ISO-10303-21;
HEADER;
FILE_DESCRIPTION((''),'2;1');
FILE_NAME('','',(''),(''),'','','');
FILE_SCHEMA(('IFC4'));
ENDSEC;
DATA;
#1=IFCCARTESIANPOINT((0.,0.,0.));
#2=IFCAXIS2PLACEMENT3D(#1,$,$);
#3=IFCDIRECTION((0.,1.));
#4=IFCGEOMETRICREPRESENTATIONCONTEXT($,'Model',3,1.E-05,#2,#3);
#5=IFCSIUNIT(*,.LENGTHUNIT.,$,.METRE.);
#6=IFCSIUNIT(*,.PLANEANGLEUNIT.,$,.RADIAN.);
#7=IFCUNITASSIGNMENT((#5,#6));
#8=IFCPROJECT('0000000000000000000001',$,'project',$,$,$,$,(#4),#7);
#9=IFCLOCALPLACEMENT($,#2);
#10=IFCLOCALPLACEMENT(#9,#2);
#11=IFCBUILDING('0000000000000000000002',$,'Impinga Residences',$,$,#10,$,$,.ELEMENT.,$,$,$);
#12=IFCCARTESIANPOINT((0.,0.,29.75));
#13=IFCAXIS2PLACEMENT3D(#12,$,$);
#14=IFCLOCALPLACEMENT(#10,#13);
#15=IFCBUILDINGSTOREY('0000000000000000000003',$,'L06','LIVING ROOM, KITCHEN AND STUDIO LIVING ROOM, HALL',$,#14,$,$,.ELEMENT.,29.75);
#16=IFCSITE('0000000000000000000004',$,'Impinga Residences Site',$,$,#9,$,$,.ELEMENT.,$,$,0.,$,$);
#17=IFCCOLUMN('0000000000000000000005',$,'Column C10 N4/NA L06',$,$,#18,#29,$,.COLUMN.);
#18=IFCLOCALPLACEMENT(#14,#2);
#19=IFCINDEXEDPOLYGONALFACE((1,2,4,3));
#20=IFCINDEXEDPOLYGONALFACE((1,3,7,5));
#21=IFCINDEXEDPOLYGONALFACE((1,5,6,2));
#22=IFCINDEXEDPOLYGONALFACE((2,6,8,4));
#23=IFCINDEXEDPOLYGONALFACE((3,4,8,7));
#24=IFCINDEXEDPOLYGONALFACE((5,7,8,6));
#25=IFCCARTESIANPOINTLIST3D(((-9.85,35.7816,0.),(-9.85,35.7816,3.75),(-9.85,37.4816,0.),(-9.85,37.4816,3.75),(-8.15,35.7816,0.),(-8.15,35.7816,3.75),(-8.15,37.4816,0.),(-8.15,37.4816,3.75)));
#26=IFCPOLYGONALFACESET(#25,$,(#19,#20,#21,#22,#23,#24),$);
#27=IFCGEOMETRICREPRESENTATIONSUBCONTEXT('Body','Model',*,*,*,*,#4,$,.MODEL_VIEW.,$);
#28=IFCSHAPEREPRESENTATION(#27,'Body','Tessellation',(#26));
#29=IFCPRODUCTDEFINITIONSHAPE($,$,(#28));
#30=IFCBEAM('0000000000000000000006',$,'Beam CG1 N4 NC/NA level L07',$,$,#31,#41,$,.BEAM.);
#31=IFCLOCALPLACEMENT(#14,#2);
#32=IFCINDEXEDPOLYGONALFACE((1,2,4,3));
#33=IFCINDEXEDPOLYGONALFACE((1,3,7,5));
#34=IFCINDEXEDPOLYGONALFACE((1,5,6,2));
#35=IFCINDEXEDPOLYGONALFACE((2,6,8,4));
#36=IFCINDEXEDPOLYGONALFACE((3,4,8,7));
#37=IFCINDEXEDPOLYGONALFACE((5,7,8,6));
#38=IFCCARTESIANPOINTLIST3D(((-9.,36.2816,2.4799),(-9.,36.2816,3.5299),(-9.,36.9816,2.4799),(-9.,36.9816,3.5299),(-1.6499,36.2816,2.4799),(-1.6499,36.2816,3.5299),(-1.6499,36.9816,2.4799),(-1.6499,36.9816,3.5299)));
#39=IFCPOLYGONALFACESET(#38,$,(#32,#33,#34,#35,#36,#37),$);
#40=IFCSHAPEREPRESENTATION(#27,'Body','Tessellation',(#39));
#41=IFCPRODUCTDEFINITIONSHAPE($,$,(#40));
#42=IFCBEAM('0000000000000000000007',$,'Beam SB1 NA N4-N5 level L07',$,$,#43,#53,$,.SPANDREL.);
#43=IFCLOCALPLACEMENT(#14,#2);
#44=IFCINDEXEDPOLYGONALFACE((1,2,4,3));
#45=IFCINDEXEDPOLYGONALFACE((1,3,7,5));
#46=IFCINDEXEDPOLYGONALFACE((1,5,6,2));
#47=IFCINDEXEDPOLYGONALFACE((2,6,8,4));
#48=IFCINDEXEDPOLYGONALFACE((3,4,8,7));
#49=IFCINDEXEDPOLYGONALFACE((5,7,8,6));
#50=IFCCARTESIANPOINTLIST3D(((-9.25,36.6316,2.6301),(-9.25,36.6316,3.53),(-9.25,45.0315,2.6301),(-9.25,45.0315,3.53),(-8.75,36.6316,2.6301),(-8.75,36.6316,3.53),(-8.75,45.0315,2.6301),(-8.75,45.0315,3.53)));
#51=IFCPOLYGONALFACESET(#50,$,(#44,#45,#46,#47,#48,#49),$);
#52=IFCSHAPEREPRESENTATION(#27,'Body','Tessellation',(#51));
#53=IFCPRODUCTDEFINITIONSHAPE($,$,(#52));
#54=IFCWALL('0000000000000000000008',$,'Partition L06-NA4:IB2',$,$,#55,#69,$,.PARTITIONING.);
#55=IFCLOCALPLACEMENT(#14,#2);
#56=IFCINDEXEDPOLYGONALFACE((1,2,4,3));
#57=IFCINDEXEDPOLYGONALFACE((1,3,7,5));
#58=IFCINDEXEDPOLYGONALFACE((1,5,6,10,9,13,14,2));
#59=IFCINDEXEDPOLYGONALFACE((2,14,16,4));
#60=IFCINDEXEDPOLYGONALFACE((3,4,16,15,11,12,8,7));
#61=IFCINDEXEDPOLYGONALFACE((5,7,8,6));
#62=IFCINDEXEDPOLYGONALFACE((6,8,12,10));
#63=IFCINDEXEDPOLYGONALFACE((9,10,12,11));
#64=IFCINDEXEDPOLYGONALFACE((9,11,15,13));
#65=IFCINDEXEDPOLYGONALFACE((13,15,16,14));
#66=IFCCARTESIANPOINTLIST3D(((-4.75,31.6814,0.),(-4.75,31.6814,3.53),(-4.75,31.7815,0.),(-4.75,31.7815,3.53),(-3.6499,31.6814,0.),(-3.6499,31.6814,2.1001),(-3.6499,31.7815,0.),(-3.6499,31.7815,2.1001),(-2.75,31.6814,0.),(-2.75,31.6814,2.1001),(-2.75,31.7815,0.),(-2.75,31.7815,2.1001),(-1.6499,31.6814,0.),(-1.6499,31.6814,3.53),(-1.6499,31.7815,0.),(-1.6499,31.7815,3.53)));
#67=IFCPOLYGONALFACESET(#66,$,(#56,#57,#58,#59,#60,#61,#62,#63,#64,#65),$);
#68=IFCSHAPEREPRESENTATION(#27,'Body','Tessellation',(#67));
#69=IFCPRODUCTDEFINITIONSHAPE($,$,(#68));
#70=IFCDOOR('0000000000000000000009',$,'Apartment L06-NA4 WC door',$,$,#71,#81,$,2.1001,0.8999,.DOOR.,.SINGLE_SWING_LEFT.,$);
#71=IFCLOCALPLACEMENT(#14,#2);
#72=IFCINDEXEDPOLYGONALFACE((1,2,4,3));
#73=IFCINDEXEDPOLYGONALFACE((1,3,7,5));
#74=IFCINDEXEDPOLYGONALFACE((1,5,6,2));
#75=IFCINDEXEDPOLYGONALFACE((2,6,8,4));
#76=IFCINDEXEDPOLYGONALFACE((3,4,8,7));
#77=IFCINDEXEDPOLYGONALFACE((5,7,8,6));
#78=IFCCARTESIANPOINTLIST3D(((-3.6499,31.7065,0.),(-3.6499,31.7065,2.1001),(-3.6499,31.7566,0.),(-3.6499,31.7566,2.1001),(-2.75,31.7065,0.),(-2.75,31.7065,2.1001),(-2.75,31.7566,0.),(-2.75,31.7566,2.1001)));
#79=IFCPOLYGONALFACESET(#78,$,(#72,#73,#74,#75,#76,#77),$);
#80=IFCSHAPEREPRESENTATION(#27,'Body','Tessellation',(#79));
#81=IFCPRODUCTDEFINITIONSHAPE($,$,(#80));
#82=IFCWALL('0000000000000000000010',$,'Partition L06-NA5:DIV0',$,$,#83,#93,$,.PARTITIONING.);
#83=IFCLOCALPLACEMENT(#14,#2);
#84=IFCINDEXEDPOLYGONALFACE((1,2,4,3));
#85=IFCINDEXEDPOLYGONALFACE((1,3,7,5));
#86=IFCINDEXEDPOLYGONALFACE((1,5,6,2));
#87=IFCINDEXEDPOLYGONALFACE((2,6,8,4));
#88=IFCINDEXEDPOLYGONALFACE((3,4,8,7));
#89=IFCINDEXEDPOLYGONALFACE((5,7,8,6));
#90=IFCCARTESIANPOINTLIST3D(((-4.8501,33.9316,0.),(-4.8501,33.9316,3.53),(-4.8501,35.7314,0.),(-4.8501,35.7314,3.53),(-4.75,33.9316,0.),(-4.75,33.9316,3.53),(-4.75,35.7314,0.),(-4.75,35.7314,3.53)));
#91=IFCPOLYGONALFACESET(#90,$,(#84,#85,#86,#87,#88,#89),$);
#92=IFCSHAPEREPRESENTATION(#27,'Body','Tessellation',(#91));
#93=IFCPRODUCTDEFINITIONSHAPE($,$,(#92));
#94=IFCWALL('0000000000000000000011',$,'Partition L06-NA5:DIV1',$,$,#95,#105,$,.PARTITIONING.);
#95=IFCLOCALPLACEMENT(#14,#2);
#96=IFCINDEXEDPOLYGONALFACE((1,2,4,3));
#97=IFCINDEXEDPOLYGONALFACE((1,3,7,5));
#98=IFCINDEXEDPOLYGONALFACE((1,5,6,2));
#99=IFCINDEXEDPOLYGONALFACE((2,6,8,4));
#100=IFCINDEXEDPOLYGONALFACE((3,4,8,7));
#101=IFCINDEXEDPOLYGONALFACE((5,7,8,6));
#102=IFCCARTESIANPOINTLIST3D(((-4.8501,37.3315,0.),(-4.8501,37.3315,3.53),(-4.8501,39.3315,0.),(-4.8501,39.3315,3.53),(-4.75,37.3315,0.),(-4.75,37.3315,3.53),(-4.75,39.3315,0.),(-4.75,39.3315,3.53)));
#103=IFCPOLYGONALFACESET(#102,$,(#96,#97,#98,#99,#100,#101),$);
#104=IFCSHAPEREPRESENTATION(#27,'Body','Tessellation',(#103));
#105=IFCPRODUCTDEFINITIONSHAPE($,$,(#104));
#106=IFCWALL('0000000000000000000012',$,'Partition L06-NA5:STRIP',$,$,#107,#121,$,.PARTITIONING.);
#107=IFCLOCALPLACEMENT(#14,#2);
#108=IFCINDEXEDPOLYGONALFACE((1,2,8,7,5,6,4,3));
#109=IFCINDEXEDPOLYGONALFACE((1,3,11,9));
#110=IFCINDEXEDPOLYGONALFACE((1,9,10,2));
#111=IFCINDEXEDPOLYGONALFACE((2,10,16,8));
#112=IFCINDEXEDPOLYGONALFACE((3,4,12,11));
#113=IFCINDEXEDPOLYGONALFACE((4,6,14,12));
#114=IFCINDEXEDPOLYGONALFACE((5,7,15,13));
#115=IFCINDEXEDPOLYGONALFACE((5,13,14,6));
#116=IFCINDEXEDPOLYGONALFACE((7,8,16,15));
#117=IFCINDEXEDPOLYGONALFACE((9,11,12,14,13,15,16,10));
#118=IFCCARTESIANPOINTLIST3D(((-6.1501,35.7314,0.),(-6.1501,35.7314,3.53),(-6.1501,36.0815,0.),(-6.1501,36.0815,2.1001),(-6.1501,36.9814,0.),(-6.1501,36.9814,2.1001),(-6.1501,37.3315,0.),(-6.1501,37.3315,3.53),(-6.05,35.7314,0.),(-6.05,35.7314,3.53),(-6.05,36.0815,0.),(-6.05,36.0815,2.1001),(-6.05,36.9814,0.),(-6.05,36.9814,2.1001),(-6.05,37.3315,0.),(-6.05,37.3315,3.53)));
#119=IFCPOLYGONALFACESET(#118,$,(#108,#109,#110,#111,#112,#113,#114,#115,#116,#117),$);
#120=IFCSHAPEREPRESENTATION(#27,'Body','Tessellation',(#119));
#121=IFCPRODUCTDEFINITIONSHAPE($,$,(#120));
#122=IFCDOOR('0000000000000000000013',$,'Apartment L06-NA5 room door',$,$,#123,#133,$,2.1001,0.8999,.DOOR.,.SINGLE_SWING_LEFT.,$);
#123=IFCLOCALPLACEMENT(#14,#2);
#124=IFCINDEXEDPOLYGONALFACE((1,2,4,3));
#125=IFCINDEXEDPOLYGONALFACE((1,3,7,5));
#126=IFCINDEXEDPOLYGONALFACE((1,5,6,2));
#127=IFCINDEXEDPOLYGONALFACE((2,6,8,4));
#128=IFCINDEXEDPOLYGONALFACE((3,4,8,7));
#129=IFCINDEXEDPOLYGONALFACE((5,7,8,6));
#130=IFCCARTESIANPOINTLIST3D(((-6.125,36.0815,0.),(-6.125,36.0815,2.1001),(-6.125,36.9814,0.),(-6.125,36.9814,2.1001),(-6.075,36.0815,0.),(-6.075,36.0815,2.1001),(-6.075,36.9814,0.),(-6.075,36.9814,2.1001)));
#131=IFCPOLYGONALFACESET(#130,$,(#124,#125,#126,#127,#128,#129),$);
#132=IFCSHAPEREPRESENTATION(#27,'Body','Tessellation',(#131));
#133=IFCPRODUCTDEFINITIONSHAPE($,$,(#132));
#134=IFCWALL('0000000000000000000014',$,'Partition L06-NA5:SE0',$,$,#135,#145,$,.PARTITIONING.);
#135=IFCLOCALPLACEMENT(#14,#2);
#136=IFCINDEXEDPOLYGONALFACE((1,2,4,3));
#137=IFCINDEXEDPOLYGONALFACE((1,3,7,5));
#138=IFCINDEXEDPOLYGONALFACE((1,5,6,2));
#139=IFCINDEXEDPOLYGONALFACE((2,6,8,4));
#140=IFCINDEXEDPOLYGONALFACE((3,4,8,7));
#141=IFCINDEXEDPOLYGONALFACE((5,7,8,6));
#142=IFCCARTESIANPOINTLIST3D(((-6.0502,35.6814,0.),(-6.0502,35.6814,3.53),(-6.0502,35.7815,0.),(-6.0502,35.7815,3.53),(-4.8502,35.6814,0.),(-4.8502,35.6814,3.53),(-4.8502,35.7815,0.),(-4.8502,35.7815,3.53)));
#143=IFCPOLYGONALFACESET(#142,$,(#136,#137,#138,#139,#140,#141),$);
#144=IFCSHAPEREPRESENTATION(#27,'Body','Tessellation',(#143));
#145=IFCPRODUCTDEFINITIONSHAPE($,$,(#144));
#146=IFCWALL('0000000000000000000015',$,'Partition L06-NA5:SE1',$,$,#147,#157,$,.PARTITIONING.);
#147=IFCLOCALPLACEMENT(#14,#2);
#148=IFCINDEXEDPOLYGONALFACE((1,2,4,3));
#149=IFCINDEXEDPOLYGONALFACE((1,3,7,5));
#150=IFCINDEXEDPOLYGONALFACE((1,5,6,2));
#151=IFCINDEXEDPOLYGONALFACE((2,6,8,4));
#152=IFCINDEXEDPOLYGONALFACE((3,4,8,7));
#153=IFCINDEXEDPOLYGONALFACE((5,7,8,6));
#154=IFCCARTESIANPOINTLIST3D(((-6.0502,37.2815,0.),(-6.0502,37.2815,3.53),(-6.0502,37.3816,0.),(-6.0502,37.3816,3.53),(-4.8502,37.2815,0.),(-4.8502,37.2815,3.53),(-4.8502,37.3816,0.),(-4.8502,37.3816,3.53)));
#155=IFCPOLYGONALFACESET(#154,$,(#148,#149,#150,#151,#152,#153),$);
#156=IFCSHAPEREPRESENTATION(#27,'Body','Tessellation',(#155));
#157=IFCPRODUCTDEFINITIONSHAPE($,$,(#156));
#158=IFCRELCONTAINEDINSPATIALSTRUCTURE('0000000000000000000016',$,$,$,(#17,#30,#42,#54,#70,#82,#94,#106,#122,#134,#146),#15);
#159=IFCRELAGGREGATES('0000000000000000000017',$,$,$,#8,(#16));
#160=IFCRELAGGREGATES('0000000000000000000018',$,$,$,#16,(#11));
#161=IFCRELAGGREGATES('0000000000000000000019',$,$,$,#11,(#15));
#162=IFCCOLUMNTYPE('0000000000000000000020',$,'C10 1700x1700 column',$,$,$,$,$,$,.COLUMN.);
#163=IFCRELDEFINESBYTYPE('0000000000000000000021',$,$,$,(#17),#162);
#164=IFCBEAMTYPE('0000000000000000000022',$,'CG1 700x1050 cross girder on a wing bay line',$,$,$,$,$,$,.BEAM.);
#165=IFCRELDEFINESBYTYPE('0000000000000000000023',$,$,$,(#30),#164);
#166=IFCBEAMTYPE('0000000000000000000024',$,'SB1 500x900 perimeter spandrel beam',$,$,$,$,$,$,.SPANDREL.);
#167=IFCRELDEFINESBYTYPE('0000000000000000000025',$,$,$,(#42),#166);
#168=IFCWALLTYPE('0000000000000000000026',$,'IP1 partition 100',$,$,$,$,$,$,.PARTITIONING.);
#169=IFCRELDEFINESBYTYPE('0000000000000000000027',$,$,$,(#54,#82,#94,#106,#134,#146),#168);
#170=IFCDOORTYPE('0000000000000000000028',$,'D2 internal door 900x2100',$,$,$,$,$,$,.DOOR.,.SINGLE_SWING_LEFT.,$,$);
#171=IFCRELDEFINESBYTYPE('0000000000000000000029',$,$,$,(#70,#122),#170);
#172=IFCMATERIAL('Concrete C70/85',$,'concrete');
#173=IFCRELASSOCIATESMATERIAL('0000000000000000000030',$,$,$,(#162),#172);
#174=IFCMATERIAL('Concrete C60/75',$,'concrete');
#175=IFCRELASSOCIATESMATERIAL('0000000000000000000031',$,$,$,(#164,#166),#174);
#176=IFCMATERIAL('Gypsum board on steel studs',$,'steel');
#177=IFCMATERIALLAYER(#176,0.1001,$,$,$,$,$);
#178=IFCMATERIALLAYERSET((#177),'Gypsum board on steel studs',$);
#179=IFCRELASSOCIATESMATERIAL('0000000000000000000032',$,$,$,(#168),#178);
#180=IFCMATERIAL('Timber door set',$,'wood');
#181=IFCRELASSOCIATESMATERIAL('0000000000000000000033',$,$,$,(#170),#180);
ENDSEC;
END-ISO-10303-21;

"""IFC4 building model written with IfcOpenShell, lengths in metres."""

from ifc_helpers import new_model, si_unit, direction, frame, frame_2d, origin, origin_2d, place, context, subcontext, project, spatial, rectangle, extrude, material, layer, layer_set, material_profile, profile_set, type_object, element, fill, save


model = new_model("IFC4")

# Units and contexts
model_context = context("Model", 3, precision=1e-05, world=origin(), true_north=direction((0.0, 1.0)))
body_context = subcontext(model_context, "Body", "Model", "MODEL_VIEW")
ifc_project = project(units=[si_unit("LENGTHUNIT", "METRE"), si_unit("PLANEANGLEUNIT", "RADIAN")], contexts=[model_context])

# Site, building, storey
site_placement = place(None, origin())
site = spatial("IfcSite", under=ifc_project, at=site_placement, Name="Impinga Residences Site", CompositionType="ELEMENT", RefElevation=0.0)
building_placement = place(site_placement, origin())
building = spatial("IfcBuilding", under=site, at=building_placement, Name="Impinga Residences", CompositionType="ELEMENT")
storey_placement = place(building_placement, frame((0.0, 0.0, 29.75)))
storey = spatial("IfcBuildingStorey", under=building, at=storey_placement, Name="L06", Description="LIVING ROOM, KITCHEN AND STUDIO LIVING ROOM, HALL", CompositionType="ELEMENT", Elevation=29.75)

# Column
ifc_material_1 = material(Name="Concrete C70/85", Category="concrete")
ifc_material_profile_1 = material_profile(ifc_material_1, rectangle(XDim=1.7, YDim=1.7, at=origin_2d()), Name="RC 1700x1700")
ifc_profile_set_1 = profile_set([ifc_material_profile_1], Name="Concrete C70/85")
column_type = type_object("IfcColumnType", Name="C10 1700x1700 column", PredefinedType="COLUMN", material=ifc_profile_set_1)
column_placement = place(storey_placement, frame((-9.0, 36.6316, 0.0), z_axis=(0.0, 0.0, 1.0), x_axis=(1.0, 0.0, 0.0)))
element("IfcColumn", 1, at=column_placement, inside=storey, type_object=column_type, Name="Column C10 N4/NA L06", PredefinedType="COLUMN", context=body_context, shape_type="SweptSolid", body=[
    extrude(rectangle(XDim=1.7, YDim=1.7, at=origin_2d()), origin(), (0.0, 0.0, 1.0), 3.75),
])

# Beams
ifc_material_2 = material(Name="Concrete C60/75", Category="concrete")
ifc_material_profile_2 = material_profile(ifc_material_2, rectangle(XDim=0.7, YDim=1.05, at=origin_2d()), Name="RC 700x1050")
ifc_profile_set_2 = profile_set([ifc_material_profile_2], Name="Concrete C60/75")
beam_type_1 = type_object("IfcBeamType", Name="CG1 700x1050 cross girder on a wing bay line", PredefinedType="BEAM", material=ifc_profile_set_2)
beam_1_placement = place(storey_placement, frame((-1.6499, 36.6316, 3.0049), z_axis=(-1.0, 0.0, 0.0), x_axis=(0.0, -1.0, 0.0)))
element("IfcBeam", 2, at=beam_1_placement, inside=storey, type_object=beam_type_1, Name="Beam CG1 N4 NC/NA level L07", PredefinedType="BEAM", context=body_context, shape_type="SweptSolid", body=[
    extrude(rectangle(XDim=0.7, YDim=1.05, at=origin_2d()), origin(), (0.0, 0.0, 1.0), 7.3501),
])
ifc_material_profile_3 = material_profile(ifc_material_2, rectangle(XDim=0.5, YDim=0.8999, at=origin_2d()), Name="RC 500x900")
ifc_profile_set_3 = profile_set([ifc_material_profile_3], Name="Concrete C60/75")
beam_type_2 = type_object("IfcBeamType", Name="SB1 500x900 perimeter spandrel beam", PredefinedType="SPANDREL", material=ifc_profile_set_3)
beam_2_placement = place(storey_placement, frame((-9.0, 36.6316, 3.0801), z_axis=(0.0, 1.0, 0.0), x_axis=(-1.0, 0.0, 0.0)))
element("IfcBeam", 3, at=beam_2_placement, inside=storey, type_object=beam_type_2, Name="Beam SB1 NA N4-N5 level L07", PredefinedType="SPANDREL", context=body_context, shape_type="SweptSolid", body=[
    extrude(rectangle(XDim=0.5, YDim=0.8999, at=origin_2d()), origin(), (0.0, 0.0, 1.0), 8.3999),
])

# Wall, opening, door
ifc_material_3 = material(Name="Gypsum board on steel studs", Category="steel")
ifc_layer_1 = layer(ifc_material_3, 0.1001)
ifc_layer_set_1 = layer_set([ifc_layer_1], Name="Gypsum board on steel studs")
wall_type_1 = type_object("IfcWallType", Name="IP1 partition 100", PredefinedType="PARTITIONING", material=ifc_layer_set_1)
wall_1_placement = place(storey_placement, frame((-1.6499, 31.7314, 0.0), z_axis=(0.0, 0.0, 1.0), x_axis=(-1.0, 0.0, 0.0)))
wall_1 = element("IfcWall", 4, at=wall_1_placement, inside=storey, type_object=wall_type_1, Name="Partition L06-NA4:IB2", PredefinedType="PARTITIONING", context=body_context, shape_type="SweptSolid", body=[
    extrude(rectangle(XDim=3.1001, YDim=0.1001, at=frame_2d((1.55, 0.0))), origin(), (0.0, 0.0, 1.0), 3.53),
])
opening_1_placement = place(wall_1_placement, frame((1.1001, 0.0, 0.0)))
opening_1 = element("IfcOpeningElement", 5, at=opening_1_placement, cuts=wall_1, PredefinedType="OPENING", context=body_context, shape_type="SweptSolid", body=[
    extrude(rectangle(XDim=0.8999, YDim=2.1001, at=frame_2d((0.45, 1.05))), frame((0.0, 0.0601, 0.0), z_axis=(0.0, -1.0, 0.0), x_axis=(1.0, 0.0, 0.0)), (0.0, 0.0, 1.0), 0.1201),
])
ifc_material_4 = material(Name="Timber door set", Category="wood")
door_type = type_object("IfcDoorType", Name="D2 internal door 900x2100", OperationType="SINGLE_SWING_LEFT", PredefinedType="DOOR", material=ifc_material_4)
door_1_placement = place(opening_1_placement, origin())
door_1 = element("IfcDoor", 6, at=door_1_placement, inside=storey, type_object=door_type, Name="Apartment L06-NA4 WC door", OperationType="SINGLE_SWING_LEFT", OverallHeight=2.1001, OverallWidth=0.8999, PredefinedType="DOOR", context=body_context, shape_type="SweptSolid", body=[
    extrude(rectangle(XDim=0.8999, YDim=2.1001, at=frame_2d((0.45, 1.05))), frame((0.0, 0.0249, 0.0), z_axis=(0.0, -1.0, 0.0), x_axis=(1.0, 0.0, 0.0)), (0.0, 0.0, 1.0), 0.05),
])
fill(opening_1, door_1)

# Walls
wall_2_placement = place(storey_placement, frame((-4.8, 33.9316, 0.0), z_axis=(0.0, 0.0, 1.0), x_axis=(0.0, 1.0, 0.0)))
element("IfcWall", 7, at=wall_2_placement, inside=storey, type_object=wall_type_1, Name="Partition L06-NA5:DIV0", PredefinedType="PARTITIONING", context=body_context, shape_type="SweptSolid", body=[
    extrude(rectangle(XDim=1.7998, YDim=0.1001, at=frame_2d((0.8999, 0.0))), origin(), (0.0, 0.0, 1.0), 3.53),
])
wall_3_placement = place(storey_placement, frame((-4.8, 37.3315, 0.0), z_axis=(0.0, 0.0, 1.0), x_axis=(0.0, 1.0, 0.0)))
element("IfcWall", 8, at=wall_3_placement, inside=storey, type_object=wall_type_1, Name="Partition L06-NA5:DIV1", PredefinedType="PARTITIONING", context=body_context, shape_type="SweptSolid", body=[
    extrude(rectangle(XDim=2.0, YDim=0.1001, at=frame_2d((1.0, 0.0))), origin(), (0.0, 0.0, 1.0), 3.53),
])

# Wall, opening, door
wall_4_placement = place(storey_placement, frame((-6.1001, 35.7314, 0.0), z_axis=(0.0, 0.0, 1.0), x_axis=(0.0, 1.0, 0.0)))
wall_4 = element("IfcWall", 9, at=wall_4_placement, inside=storey, type_object=wall_type_1, Name="Partition L06-NA5:STRIP", PredefinedType="PARTITIONING", context=body_context, shape_type="SweptSolid", body=[
    extrude(rectangle(XDim=1.6001, YDim=0.1001, at=frame_2d((0.8, 0.0))), origin(), (0.0, 0.0, 1.0), 3.53),
])
opening_2_placement = place(wall_4_placement, frame((0.3501, 0.0, 0.0)))
opening_2 = element("IfcOpeningElement", 10, at=opening_2_placement, cuts=wall_4, PredefinedType="OPENING", context=body_context, shape_type="SweptSolid", body=[
    extrude(rectangle(XDim=0.8999, YDim=2.1001, at=frame_2d((0.45, 1.05))), frame((0.0, 0.0601, 0.0), z_axis=(0.0, -1.0, 0.0), x_axis=(1.0, 0.0, 0.0)), (0.0, 0.0, 1.0), 0.1201),
])
door_2_placement = place(opening_2_placement, origin())
door_2 = element("IfcDoor", 11, at=door_2_placement, inside=storey, type_object=door_type, Name="Apartment L06-NA5 room door", OperationType="SINGLE_SWING_LEFT", OverallHeight=2.1001, OverallWidth=0.8999, PredefinedType="DOOR", context=body_context, shape_type="SweptSolid", body=[
    extrude(rectangle(XDim=0.8999, YDim=2.1001, at=frame_2d((0.45, 1.05))), frame((0.0, 0.0249, 0.0), z_axis=(0.0, -1.0, 0.0), x_axis=(1.0, 0.0, 0.0)), (0.0, 0.0, 1.0), 0.05),
])
fill(opening_2, door_2)

# Walls
for number, where, z_axis, x_axis, name in (
    (12, (-4.8501, 35.7314, 0.0), (0.0, 0.0, 1.0), (-1.0, 0.0, 0.0), "Partition L06-NA5:SE0"),
    (13, (-4.8501, 37.3315, 0.0), (0.0, 0.0, 1.0), (-1.0, 0.0, 0.0), "Partition L06-NA5:SE1"),
):
    element("IfcWall", number, at=place(storey_placement, frame(where, z_axis=z_axis, x_axis=x_axis)), inside=storey, type_object=wall_type_1, Name=name, PredefinedType="PARTITIONING", context=body_context, shape_type="SweptSolid", body=[
        extrude(rectangle(XDim=1.2, YDim=0.1001, at=frame_2d((0.6001, 0.0))), origin(), (0.0, 0.0, 1.0), 3.53),
    ])

save(model, "model.ifc")
